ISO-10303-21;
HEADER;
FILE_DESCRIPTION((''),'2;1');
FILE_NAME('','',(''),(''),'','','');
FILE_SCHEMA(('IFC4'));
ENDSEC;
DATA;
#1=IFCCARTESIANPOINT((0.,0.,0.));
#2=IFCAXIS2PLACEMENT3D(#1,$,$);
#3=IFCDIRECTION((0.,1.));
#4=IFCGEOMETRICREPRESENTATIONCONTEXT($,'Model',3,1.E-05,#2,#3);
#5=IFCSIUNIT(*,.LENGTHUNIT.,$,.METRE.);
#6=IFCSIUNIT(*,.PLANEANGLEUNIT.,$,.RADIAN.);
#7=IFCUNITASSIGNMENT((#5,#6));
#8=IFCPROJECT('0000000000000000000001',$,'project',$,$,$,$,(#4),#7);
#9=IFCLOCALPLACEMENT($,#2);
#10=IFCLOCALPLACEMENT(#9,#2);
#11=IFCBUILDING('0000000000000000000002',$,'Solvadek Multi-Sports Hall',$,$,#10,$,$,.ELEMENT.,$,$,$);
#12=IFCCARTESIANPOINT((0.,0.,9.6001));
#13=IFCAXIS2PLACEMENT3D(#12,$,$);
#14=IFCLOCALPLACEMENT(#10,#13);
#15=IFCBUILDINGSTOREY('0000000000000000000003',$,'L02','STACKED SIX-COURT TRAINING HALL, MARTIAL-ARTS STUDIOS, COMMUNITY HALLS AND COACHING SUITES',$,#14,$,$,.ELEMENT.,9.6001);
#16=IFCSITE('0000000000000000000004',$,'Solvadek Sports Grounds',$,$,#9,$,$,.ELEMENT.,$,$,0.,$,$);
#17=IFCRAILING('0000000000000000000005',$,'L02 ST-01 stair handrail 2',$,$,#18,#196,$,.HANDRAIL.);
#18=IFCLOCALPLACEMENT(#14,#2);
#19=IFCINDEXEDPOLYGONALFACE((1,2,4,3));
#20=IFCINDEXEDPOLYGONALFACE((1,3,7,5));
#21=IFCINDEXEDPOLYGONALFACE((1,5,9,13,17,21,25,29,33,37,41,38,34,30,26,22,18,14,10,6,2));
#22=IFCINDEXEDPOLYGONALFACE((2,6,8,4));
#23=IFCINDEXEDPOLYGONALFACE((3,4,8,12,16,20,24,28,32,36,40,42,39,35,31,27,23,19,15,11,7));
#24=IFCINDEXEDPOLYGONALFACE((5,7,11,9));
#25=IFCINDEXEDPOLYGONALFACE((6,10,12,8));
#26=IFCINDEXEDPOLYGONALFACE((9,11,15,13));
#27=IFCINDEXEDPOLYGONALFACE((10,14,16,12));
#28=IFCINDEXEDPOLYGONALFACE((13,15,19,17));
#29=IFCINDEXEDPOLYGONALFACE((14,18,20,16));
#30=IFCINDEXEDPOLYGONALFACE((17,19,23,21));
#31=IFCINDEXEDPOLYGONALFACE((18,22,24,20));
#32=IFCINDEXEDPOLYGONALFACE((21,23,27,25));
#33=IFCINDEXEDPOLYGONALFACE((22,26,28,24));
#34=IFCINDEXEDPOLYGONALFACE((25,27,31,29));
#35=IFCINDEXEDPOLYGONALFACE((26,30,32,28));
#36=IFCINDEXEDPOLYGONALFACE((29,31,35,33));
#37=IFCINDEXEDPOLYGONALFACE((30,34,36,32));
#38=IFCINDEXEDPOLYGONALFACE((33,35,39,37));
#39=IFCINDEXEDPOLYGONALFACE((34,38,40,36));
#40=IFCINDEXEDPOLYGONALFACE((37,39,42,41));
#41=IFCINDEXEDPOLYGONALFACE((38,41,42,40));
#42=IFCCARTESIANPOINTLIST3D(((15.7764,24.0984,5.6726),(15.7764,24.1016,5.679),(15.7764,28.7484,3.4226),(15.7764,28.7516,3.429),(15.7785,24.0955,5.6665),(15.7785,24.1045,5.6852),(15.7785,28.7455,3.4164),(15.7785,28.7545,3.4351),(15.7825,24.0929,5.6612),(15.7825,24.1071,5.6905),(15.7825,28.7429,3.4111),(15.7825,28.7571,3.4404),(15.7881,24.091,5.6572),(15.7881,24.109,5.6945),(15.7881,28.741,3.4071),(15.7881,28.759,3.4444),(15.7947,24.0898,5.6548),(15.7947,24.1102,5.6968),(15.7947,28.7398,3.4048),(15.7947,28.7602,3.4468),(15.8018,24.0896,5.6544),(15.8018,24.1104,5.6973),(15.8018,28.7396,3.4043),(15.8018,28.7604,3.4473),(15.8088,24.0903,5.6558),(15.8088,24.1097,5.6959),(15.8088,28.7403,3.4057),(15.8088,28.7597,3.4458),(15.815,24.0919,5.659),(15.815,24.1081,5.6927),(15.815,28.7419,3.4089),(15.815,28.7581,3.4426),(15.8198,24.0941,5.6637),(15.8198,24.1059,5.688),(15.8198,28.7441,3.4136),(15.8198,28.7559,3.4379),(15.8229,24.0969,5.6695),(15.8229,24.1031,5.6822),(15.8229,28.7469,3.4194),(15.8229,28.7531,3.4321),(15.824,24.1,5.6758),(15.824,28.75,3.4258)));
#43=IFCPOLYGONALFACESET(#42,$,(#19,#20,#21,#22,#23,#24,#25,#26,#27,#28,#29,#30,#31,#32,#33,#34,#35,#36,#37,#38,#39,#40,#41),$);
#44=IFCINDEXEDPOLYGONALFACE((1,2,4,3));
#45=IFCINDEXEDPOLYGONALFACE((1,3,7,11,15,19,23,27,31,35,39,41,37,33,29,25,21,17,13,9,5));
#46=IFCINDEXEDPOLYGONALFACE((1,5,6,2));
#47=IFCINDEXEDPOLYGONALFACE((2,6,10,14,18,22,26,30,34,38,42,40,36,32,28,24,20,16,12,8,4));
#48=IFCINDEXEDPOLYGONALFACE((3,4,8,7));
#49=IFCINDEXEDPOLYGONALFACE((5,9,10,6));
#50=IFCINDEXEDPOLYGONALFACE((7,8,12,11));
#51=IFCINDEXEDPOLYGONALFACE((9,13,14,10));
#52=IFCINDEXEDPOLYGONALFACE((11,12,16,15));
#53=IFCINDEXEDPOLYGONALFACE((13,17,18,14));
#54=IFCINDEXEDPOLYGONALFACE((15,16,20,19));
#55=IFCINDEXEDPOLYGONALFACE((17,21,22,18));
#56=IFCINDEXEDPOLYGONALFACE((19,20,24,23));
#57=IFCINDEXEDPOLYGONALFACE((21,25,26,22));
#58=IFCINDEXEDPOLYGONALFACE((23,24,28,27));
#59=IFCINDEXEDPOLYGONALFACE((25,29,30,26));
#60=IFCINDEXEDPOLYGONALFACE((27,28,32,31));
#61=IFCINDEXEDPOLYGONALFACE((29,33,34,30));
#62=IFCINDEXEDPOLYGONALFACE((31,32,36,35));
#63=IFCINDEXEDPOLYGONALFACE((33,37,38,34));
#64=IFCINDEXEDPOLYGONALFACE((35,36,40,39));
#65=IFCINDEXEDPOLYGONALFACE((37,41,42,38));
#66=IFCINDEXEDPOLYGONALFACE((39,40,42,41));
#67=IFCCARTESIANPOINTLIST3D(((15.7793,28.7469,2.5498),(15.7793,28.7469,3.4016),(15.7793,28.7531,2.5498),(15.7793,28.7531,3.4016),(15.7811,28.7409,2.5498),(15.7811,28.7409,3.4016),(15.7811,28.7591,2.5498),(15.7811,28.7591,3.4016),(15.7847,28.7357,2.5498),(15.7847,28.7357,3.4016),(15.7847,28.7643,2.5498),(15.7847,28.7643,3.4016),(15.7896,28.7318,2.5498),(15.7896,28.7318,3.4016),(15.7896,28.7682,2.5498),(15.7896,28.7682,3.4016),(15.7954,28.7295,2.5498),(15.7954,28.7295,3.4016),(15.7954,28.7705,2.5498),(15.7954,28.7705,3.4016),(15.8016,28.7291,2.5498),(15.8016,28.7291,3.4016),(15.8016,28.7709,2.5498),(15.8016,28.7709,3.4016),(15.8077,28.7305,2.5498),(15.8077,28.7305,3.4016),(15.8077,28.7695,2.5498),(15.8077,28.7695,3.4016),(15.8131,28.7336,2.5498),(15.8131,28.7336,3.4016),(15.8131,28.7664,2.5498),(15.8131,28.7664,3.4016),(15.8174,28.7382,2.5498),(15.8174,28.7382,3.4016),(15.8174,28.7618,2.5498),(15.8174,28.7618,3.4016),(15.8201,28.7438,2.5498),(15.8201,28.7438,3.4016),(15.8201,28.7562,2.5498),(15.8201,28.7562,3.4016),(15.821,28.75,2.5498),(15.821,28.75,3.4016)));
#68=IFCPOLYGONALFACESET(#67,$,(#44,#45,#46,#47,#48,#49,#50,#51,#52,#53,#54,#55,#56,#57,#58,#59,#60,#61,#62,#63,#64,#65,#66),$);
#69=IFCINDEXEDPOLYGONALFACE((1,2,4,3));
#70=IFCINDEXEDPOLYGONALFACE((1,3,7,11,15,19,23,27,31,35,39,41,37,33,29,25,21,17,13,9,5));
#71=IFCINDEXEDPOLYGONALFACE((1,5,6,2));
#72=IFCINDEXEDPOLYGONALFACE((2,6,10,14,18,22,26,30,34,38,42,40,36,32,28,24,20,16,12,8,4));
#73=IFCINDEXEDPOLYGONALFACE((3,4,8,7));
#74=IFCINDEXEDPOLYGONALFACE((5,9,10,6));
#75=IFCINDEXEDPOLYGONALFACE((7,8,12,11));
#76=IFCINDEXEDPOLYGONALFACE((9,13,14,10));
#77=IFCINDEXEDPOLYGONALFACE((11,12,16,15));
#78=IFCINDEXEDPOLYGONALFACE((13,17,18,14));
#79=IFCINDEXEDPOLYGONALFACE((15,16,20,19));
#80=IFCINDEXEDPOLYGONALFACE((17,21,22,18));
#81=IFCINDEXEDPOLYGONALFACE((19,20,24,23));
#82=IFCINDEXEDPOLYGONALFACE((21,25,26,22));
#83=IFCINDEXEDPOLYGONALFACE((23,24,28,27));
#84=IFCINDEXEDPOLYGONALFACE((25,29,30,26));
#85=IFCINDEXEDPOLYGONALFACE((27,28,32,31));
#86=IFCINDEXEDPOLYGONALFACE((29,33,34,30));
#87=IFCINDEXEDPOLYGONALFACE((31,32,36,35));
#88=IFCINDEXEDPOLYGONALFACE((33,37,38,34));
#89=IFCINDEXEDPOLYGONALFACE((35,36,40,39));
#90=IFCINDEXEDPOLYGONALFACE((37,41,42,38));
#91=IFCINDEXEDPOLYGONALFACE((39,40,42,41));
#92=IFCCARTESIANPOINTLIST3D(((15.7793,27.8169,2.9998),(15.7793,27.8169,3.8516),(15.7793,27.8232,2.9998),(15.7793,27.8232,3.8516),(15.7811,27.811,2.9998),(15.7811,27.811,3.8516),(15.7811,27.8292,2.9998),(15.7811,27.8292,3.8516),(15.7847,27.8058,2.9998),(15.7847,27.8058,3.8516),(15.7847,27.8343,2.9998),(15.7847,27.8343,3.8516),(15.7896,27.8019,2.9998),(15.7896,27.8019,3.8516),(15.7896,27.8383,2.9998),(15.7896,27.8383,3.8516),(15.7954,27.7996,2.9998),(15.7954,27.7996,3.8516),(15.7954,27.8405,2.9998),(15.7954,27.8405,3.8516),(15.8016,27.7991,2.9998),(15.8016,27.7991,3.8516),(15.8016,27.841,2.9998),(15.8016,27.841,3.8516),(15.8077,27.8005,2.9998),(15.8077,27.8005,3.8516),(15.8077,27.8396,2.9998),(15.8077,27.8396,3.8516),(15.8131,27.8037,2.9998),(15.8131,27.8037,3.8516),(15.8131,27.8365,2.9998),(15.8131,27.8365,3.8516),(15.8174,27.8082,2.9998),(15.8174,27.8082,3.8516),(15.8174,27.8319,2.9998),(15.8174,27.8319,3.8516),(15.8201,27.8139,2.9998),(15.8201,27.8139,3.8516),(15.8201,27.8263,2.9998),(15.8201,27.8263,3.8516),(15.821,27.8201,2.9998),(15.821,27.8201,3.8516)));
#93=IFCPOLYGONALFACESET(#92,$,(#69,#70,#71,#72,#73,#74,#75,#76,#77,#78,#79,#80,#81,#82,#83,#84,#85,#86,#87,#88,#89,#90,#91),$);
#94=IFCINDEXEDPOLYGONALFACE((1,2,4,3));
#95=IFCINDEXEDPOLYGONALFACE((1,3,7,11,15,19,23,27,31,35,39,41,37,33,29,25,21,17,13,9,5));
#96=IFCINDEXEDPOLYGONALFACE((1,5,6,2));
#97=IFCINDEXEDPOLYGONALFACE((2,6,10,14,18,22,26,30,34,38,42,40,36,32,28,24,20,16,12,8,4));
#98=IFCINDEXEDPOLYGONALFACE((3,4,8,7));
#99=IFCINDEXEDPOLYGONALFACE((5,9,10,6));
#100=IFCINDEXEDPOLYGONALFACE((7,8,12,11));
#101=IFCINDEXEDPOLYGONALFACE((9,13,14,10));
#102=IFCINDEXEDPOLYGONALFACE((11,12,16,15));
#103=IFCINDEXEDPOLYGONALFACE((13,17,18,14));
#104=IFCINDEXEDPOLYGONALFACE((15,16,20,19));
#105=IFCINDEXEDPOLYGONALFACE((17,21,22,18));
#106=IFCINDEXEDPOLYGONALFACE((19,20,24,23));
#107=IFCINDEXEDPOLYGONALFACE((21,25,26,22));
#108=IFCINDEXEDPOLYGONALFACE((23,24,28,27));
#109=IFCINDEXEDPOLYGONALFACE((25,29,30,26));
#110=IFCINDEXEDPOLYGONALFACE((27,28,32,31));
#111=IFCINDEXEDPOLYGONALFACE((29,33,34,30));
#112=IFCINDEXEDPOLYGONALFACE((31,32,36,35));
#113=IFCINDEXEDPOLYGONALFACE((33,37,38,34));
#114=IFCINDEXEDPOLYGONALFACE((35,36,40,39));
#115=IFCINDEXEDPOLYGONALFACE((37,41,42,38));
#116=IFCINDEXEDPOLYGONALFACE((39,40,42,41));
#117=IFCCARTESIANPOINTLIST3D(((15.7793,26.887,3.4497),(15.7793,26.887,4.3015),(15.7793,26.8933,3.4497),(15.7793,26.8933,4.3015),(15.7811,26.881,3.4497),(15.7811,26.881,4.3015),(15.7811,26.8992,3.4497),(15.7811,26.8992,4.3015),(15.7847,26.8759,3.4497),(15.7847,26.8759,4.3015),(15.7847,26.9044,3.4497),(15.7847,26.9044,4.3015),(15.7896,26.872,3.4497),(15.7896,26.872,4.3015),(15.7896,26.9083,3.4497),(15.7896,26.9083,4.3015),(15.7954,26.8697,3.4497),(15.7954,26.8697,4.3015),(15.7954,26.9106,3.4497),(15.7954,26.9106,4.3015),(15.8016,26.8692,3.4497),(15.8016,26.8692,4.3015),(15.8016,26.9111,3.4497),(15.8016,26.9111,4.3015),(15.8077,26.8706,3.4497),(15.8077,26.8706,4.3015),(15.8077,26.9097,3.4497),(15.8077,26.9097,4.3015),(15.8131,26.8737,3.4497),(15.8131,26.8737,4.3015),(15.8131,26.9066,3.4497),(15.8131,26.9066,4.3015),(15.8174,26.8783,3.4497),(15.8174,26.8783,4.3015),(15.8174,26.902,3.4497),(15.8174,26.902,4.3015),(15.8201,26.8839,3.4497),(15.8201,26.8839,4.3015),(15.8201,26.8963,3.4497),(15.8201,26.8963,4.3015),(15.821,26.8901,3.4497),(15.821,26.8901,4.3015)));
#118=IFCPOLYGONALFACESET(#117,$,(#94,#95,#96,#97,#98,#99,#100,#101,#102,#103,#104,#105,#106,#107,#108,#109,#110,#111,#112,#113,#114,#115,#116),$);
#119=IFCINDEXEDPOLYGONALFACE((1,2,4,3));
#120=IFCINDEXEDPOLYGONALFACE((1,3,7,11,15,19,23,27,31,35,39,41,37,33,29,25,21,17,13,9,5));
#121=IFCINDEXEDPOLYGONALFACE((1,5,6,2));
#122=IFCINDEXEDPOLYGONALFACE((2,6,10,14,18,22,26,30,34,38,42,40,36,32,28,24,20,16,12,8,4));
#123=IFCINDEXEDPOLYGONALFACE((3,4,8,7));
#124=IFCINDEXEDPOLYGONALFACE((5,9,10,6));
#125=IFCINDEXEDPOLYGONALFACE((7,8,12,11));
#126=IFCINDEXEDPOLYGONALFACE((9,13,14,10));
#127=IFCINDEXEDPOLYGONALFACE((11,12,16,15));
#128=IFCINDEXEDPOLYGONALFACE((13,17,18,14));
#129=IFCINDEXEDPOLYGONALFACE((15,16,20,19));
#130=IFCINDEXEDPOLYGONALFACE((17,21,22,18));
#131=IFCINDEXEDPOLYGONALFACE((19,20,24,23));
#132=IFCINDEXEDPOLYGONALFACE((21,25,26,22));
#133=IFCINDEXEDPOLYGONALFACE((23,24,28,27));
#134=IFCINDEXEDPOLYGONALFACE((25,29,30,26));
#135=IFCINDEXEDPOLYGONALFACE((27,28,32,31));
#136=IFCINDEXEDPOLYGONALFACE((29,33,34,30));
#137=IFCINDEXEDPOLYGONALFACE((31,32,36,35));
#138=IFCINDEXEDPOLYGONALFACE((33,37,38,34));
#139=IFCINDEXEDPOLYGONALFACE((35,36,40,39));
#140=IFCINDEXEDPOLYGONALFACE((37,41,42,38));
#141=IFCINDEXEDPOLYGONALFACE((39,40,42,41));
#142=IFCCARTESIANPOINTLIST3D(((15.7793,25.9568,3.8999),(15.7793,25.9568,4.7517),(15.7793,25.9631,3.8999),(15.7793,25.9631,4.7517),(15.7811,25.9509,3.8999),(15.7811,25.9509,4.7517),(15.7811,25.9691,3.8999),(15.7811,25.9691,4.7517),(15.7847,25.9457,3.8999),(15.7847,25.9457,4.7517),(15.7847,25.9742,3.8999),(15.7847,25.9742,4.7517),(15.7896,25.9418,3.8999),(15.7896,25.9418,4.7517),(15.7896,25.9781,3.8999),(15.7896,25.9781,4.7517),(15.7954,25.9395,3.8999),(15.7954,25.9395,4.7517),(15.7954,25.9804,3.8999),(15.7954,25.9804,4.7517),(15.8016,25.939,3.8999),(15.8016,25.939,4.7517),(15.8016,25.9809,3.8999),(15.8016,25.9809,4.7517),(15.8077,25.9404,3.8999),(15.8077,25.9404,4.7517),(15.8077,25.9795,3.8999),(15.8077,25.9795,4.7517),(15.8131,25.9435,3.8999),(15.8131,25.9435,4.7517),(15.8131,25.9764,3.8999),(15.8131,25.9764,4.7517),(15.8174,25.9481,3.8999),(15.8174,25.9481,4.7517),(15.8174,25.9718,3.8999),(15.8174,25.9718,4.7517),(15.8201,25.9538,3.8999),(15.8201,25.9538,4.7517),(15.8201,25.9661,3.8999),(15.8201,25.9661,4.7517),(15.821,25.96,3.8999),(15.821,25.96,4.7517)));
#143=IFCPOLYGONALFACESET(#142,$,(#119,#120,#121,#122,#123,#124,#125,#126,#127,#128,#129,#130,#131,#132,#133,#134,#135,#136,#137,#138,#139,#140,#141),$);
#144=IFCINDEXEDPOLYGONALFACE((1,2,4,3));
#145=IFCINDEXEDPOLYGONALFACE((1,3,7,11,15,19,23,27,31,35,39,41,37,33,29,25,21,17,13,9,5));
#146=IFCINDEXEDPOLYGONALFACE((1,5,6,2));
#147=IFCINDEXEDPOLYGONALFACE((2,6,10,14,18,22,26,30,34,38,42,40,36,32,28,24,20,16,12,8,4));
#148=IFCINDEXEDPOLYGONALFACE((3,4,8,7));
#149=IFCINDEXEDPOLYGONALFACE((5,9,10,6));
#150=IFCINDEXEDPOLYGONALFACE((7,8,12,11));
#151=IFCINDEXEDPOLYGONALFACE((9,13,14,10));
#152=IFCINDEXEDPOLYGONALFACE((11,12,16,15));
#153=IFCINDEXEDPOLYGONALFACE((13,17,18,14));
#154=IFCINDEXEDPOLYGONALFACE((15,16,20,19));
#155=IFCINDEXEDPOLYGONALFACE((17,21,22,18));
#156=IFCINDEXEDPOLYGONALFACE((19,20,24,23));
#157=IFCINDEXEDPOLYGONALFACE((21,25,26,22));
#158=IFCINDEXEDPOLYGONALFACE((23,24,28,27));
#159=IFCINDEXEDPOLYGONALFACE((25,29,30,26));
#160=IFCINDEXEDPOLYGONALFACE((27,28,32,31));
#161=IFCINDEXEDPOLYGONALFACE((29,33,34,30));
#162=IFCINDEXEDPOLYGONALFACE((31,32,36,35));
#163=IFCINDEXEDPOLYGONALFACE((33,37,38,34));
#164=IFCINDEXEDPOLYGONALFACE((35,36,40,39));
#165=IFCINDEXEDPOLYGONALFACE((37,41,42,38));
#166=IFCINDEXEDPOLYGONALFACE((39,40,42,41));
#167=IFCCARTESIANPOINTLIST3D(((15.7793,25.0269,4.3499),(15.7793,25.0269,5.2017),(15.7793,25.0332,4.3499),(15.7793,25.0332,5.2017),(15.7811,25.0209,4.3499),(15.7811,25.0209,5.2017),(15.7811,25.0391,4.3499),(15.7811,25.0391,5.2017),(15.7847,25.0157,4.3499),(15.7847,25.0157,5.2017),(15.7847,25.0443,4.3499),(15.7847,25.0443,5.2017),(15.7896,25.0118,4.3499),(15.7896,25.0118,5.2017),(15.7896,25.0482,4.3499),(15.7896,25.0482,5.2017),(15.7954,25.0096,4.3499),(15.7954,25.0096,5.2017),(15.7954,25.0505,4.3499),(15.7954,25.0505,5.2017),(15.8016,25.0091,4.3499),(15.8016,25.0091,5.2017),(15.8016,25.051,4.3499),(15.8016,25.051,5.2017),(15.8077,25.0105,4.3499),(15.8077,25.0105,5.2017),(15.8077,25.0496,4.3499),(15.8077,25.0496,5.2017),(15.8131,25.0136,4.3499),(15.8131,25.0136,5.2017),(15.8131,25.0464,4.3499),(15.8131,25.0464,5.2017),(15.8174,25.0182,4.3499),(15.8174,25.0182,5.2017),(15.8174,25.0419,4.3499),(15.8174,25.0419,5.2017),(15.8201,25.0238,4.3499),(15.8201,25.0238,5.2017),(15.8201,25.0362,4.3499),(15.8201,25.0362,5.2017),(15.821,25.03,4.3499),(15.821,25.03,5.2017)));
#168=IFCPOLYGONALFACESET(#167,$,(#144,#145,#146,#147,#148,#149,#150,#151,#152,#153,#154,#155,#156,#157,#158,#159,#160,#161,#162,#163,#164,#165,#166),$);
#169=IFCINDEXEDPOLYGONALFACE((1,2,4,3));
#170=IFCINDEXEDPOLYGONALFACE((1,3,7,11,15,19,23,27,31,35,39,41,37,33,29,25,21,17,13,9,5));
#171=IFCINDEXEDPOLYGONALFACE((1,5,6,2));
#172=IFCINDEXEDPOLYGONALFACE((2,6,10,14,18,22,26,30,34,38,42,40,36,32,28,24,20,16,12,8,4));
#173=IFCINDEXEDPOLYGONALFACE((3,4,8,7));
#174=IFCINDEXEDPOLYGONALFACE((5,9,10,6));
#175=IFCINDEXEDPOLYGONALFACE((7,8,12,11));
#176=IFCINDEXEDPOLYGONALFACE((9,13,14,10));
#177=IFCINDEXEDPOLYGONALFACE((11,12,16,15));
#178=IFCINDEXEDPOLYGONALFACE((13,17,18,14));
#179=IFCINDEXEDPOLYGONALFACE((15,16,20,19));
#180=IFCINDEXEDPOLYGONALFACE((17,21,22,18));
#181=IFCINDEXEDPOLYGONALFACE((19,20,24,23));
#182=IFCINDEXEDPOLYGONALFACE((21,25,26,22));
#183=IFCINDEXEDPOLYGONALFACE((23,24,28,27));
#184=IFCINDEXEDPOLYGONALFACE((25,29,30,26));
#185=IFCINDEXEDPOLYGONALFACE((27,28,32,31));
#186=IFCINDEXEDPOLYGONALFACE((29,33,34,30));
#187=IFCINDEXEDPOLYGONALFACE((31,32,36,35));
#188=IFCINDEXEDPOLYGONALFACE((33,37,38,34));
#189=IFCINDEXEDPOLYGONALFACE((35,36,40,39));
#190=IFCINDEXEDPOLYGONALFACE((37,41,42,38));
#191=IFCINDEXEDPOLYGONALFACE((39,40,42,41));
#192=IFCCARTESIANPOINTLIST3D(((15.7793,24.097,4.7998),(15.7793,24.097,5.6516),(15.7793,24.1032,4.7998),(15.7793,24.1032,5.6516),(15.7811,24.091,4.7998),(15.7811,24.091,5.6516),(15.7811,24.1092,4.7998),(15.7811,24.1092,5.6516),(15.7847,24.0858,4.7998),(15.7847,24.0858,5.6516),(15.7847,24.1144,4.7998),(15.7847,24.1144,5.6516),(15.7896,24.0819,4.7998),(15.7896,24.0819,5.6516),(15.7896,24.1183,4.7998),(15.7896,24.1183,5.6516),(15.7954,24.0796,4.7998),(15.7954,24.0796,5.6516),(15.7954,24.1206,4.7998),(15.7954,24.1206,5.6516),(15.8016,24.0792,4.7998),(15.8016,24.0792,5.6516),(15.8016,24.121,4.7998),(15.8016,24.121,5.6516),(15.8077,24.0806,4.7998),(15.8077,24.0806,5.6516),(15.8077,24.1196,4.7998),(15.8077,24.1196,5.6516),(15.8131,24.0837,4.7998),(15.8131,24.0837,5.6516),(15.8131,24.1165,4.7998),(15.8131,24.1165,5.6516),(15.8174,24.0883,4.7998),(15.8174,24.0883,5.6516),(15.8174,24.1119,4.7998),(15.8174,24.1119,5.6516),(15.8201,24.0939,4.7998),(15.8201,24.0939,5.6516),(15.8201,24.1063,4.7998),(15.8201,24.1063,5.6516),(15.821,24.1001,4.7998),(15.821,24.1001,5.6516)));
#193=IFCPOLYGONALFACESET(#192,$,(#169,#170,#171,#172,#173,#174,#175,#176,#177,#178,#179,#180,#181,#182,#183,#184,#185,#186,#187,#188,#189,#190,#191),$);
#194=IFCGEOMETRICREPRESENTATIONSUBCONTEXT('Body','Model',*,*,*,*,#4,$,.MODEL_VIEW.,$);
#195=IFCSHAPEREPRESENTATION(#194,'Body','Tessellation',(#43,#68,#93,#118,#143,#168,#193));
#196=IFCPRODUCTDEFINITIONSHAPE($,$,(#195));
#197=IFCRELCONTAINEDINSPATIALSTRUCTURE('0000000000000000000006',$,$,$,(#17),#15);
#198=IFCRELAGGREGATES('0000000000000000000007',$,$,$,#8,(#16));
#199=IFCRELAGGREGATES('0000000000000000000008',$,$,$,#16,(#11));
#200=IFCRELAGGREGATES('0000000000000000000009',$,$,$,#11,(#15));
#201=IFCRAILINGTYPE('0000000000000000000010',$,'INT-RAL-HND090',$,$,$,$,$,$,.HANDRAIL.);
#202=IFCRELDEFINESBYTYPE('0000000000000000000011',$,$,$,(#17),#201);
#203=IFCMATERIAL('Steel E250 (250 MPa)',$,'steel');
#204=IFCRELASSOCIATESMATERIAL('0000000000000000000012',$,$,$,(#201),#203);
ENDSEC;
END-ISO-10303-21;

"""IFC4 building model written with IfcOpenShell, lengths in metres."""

from ifc_helpers import new_model, si_unit, direction, frame, origin, origin_2d, place, context, subcontext, project, spatial, circle, extrude, material, type_object, element, save


model = new_model("IFC4")

# Units and contexts
model_context = context("Model", 3, precision=1e-05, world=origin(), true_north=direction((0.0, 1.0)))
body_context = subcontext(model_context, "Body", "Model", "MODEL_VIEW")
ifc_project = project(units=[si_unit("LENGTHUNIT", "METRE"), si_unit("PLANEANGLEUNIT", "RADIAN")], contexts=[model_context])

# Site, building, storey
site_placement = place(None, origin())
site = spatial("IfcSite", under=ifc_project, at=site_placement, Name="Solvadek Sports Grounds", CompositionType="ELEMENT", RefElevation=0.0)
building_placement = place(site_placement, origin())
building = spatial("IfcBuilding", under=site, at=building_placement, Name="Solvadek Multi-Sports Hall", CompositionType="ELEMENT")
storey_placement = place(building_placement, frame((0.0, 0.0, 9.6001)))
storey = spatial("IfcBuildingStorey", under=building, at=storey_placement, Name="L02", Description="STACKED SIX-COURT TRAINING HALL, MARTIAL-ARTS STUDIOS, COMMUNITY HALLS AND COACHING SUITES", CompositionType="ELEMENT", Elevation=9.6001)

# Railing
ifc_material_1 = material(Name="Steel E250 (250 MPa)", Category="steel")
railing_type_1 = type_object("IfcRailingType", Name="INT-RAL-HND090", PredefinedType="HANDRAIL", material=ifc_material_1)
railing_1_placement = place(storey_placement, frame((15.8, 28.75, 2.5498)))
element("IfcRailing", 1, at=railing_1_placement, inside=storey, type_object=railing_type_1, Name="L02 ST-01 stair handrail 2", PredefinedType="HANDRAIL", context=body_context, shape_type="SweptSolid", body=[
    extrude(circle(Radius=0.0239, at=origin_2d()), frame((0.0, 0.0, 0.876), z_axis=(0.0, -0.900156, 0.435568), x_axis=(1.0, 0.0, 0.0)), (0.0, 0.0, 1.0), 5.1658),
    extrude(circle(Radius=0.021, at=origin_2d()), origin(), (0.0, 0.0, 1.0), 0.8518),
    extrude(circle(Radius=0.021, at=origin_2d()), frame((0.0, -0.9299, 0.45)), (0.0, 0.0, 1.0), 0.8518),
    extrude(circle(Radius=0.021, at=origin_2d()), frame((0.0, -1.8599, 0.8999)), (0.0, 0.0, 1.0), 0.8518),
    extrude(circle(Radius=0.021, at=origin_2d()), frame((0.0, -2.79, 1.3501)), (0.0, 0.0, 1.0), 0.8518),
    extrude(circle(Radius=0.021, at=origin_2d()), frame((0.0, -3.72, 1.8)), (0.0, 0.0, 1.0), 0.8518),
    extrude(circle(Radius=0.021, at=origin_2d()), frame((0.0, -4.6499, 2.25)), (0.0, 0.0, 1.0), 0.8518),
])

save(model, "model.ifc")
